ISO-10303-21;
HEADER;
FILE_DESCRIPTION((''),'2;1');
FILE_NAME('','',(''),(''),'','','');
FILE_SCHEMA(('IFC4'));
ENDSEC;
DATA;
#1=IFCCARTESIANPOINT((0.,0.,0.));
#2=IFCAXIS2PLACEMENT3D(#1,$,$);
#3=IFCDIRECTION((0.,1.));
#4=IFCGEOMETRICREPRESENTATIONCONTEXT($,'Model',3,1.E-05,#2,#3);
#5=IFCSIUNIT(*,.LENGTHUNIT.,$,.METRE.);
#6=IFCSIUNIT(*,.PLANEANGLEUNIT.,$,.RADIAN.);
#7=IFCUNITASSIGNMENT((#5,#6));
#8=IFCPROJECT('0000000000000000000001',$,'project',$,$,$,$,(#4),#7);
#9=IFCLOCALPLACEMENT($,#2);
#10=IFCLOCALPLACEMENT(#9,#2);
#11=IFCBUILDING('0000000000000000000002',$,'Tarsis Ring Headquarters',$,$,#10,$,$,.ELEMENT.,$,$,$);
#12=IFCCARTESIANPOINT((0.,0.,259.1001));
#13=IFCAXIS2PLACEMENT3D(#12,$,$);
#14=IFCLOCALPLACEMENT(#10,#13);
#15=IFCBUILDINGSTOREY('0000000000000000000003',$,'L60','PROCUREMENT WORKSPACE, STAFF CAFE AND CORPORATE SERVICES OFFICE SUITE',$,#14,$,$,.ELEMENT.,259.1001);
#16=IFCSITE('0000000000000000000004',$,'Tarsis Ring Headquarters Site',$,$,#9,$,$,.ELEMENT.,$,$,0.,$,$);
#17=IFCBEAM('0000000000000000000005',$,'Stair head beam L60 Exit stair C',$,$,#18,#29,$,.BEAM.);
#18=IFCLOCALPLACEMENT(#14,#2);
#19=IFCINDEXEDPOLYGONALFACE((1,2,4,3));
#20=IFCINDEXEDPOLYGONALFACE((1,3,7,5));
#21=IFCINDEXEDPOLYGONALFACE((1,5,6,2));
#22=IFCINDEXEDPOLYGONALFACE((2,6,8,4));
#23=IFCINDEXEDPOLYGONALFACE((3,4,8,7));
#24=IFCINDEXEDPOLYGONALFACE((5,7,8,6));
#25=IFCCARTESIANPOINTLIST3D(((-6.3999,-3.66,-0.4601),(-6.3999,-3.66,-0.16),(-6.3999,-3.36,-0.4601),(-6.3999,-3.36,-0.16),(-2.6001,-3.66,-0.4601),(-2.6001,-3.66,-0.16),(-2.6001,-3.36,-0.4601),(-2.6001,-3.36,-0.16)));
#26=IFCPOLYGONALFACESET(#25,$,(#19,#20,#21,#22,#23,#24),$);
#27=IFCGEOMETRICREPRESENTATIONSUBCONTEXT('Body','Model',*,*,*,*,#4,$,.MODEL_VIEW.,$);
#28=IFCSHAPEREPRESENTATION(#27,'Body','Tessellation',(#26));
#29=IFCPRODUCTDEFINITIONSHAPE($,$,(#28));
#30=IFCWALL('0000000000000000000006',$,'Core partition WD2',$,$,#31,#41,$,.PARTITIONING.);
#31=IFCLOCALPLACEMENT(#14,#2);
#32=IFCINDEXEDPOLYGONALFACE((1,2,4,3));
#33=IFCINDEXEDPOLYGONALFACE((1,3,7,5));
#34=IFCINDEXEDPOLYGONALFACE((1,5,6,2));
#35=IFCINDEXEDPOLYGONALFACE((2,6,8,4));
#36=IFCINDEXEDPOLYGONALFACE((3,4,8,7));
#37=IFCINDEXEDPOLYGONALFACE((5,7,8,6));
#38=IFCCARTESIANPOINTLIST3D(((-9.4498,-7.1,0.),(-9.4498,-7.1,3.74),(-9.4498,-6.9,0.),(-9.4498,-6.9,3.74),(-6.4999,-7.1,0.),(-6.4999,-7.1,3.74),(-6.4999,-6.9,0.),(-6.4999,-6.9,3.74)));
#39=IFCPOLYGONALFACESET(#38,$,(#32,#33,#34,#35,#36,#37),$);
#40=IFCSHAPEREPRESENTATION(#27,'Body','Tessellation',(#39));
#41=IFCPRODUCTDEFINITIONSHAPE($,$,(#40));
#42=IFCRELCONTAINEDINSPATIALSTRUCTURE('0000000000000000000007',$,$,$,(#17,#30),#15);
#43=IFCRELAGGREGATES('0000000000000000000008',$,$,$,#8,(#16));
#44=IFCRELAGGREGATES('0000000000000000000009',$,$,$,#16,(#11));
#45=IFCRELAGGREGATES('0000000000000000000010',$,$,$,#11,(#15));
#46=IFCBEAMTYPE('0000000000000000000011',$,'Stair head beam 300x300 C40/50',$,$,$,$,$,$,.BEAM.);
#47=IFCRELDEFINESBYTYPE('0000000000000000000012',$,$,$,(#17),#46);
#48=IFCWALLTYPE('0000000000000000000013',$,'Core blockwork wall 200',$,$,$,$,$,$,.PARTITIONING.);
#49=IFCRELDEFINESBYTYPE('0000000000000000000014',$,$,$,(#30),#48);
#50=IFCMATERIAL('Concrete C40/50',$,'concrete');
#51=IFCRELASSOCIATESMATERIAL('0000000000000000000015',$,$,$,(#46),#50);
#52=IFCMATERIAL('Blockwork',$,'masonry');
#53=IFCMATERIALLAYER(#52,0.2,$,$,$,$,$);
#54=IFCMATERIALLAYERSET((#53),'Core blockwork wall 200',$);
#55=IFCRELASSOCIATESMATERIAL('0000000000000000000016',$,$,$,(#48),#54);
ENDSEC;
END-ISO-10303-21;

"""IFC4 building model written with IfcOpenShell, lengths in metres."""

from ifc_helpers import new_model, si_unit, direction, frame, frame_2d, origin, origin_2d, place, context, subcontext, project, spatial, rectangle, extrude, material, layer, layer_set, material_profile, profile_set, type_object, element, save


model = new_model("IFC4")

# Units and contexts
model_context = context("Model", 3, precision=1e-05, world=origin(), true_north=direction((0.0, 1.0)))
body_context = subcontext(model_context, "Body", "Model", "MODEL_VIEW")
ifc_project = project(units=[si_unit("LENGTHUNIT", "METRE"), si_unit("PLANEANGLEUNIT", "RADIAN")], contexts=[model_context])

# Site, building, storey
site_placement = place(None, origin())
site = spatial("IfcSite", under=ifc_project, at=site_placement, Name="Tarsis Ring Headquarters Site", CompositionType="ELEMENT", RefElevation=0.0)
building_placement = place(site_placement, origin())
building = spatial("IfcBuilding", under=site, at=building_placement, Name="Tarsis Ring Headquarters", CompositionType="ELEMENT")
storey_placement = place(building_placement, frame((0.0, 0.0, 259.1001)))
storey = spatial("IfcBuildingStorey", under=building, at=storey_placement, Name="L60", Description="PROCUREMENT WORKSPACE, STAFF CAFE AND CORPORATE SERVICES OFFICE SUITE", CompositionType="ELEMENT", Elevation=259.1001)

# Beam
ifc_material_1 = material(Name="Concrete C40/50", Category="concrete")
ifc_material_profile = material_profile(ifc_material_1, rectangle(XDim=0.3, YDim=0.3, at=origin_2d()), Name="Stair head beam 300x300 C40/50")
ifc_profile_set = profile_set([ifc_material_profile], Name="Concrete C40/50")
beam_type = type_object("IfcBeamType", Name="Stair head beam 300x300 C40/50", PredefinedType="BEAM", material=ifc_profile_set)
beam_placement = place(storey_placement, frame((-6.3999, -3.51, -0.3101), z_axis=(1.0, 0.0, 0.0), x_axis=(0.0, 1.0, 0.0)))
element("IfcBeam", 1, at=beam_placement, inside=storey, type_object=beam_type, Name="Stair head beam L60 Exit stair C", PredefinedType="BEAM", context=body_context, shape_type="SweptSolid", body=[
    extrude(rectangle(XDim=0.3, YDim=0.3, at=origin_2d()), origin(), (0.0, 0.0, 1.0), 3.7998),
])

# Wall
ifc_material_2 = material(Name="Blockwork", Category="masonry")
ifc_layer_1 = layer(ifc_material_2, 0.2)
ifc_layer_set_1 = layer_set([ifc_layer_1], Name="Core blockwork wall 200")
wall_type_1 = type_object("IfcWallType", Name="Core blockwork wall 200", PredefinedType="PARTITIONING", material=ifc_layer_set_1)
wall_1_placement = place(storey_placement, frame((-9.45, -7.0, 0.0), z_axis=(0.0, 0.0, 1.0), x_axis=(1.0, 0.0, 0.0)))
element("IfcWall", 2, at=wall_1_placement, inside=storey, type_object=wall_type_1, Name="Core partition WD2", PredefinedType="PARTITIONING", context=body_context, shape_type="SweptSolid", body=[
    extrude(rectangle(XDim=2.95, YDim=0.2, at=frame_2d((1.4751, 0.0))), origin(), (0.0, 0.0, 1.0), 3.74),
])

save(model, "model.ifc")
